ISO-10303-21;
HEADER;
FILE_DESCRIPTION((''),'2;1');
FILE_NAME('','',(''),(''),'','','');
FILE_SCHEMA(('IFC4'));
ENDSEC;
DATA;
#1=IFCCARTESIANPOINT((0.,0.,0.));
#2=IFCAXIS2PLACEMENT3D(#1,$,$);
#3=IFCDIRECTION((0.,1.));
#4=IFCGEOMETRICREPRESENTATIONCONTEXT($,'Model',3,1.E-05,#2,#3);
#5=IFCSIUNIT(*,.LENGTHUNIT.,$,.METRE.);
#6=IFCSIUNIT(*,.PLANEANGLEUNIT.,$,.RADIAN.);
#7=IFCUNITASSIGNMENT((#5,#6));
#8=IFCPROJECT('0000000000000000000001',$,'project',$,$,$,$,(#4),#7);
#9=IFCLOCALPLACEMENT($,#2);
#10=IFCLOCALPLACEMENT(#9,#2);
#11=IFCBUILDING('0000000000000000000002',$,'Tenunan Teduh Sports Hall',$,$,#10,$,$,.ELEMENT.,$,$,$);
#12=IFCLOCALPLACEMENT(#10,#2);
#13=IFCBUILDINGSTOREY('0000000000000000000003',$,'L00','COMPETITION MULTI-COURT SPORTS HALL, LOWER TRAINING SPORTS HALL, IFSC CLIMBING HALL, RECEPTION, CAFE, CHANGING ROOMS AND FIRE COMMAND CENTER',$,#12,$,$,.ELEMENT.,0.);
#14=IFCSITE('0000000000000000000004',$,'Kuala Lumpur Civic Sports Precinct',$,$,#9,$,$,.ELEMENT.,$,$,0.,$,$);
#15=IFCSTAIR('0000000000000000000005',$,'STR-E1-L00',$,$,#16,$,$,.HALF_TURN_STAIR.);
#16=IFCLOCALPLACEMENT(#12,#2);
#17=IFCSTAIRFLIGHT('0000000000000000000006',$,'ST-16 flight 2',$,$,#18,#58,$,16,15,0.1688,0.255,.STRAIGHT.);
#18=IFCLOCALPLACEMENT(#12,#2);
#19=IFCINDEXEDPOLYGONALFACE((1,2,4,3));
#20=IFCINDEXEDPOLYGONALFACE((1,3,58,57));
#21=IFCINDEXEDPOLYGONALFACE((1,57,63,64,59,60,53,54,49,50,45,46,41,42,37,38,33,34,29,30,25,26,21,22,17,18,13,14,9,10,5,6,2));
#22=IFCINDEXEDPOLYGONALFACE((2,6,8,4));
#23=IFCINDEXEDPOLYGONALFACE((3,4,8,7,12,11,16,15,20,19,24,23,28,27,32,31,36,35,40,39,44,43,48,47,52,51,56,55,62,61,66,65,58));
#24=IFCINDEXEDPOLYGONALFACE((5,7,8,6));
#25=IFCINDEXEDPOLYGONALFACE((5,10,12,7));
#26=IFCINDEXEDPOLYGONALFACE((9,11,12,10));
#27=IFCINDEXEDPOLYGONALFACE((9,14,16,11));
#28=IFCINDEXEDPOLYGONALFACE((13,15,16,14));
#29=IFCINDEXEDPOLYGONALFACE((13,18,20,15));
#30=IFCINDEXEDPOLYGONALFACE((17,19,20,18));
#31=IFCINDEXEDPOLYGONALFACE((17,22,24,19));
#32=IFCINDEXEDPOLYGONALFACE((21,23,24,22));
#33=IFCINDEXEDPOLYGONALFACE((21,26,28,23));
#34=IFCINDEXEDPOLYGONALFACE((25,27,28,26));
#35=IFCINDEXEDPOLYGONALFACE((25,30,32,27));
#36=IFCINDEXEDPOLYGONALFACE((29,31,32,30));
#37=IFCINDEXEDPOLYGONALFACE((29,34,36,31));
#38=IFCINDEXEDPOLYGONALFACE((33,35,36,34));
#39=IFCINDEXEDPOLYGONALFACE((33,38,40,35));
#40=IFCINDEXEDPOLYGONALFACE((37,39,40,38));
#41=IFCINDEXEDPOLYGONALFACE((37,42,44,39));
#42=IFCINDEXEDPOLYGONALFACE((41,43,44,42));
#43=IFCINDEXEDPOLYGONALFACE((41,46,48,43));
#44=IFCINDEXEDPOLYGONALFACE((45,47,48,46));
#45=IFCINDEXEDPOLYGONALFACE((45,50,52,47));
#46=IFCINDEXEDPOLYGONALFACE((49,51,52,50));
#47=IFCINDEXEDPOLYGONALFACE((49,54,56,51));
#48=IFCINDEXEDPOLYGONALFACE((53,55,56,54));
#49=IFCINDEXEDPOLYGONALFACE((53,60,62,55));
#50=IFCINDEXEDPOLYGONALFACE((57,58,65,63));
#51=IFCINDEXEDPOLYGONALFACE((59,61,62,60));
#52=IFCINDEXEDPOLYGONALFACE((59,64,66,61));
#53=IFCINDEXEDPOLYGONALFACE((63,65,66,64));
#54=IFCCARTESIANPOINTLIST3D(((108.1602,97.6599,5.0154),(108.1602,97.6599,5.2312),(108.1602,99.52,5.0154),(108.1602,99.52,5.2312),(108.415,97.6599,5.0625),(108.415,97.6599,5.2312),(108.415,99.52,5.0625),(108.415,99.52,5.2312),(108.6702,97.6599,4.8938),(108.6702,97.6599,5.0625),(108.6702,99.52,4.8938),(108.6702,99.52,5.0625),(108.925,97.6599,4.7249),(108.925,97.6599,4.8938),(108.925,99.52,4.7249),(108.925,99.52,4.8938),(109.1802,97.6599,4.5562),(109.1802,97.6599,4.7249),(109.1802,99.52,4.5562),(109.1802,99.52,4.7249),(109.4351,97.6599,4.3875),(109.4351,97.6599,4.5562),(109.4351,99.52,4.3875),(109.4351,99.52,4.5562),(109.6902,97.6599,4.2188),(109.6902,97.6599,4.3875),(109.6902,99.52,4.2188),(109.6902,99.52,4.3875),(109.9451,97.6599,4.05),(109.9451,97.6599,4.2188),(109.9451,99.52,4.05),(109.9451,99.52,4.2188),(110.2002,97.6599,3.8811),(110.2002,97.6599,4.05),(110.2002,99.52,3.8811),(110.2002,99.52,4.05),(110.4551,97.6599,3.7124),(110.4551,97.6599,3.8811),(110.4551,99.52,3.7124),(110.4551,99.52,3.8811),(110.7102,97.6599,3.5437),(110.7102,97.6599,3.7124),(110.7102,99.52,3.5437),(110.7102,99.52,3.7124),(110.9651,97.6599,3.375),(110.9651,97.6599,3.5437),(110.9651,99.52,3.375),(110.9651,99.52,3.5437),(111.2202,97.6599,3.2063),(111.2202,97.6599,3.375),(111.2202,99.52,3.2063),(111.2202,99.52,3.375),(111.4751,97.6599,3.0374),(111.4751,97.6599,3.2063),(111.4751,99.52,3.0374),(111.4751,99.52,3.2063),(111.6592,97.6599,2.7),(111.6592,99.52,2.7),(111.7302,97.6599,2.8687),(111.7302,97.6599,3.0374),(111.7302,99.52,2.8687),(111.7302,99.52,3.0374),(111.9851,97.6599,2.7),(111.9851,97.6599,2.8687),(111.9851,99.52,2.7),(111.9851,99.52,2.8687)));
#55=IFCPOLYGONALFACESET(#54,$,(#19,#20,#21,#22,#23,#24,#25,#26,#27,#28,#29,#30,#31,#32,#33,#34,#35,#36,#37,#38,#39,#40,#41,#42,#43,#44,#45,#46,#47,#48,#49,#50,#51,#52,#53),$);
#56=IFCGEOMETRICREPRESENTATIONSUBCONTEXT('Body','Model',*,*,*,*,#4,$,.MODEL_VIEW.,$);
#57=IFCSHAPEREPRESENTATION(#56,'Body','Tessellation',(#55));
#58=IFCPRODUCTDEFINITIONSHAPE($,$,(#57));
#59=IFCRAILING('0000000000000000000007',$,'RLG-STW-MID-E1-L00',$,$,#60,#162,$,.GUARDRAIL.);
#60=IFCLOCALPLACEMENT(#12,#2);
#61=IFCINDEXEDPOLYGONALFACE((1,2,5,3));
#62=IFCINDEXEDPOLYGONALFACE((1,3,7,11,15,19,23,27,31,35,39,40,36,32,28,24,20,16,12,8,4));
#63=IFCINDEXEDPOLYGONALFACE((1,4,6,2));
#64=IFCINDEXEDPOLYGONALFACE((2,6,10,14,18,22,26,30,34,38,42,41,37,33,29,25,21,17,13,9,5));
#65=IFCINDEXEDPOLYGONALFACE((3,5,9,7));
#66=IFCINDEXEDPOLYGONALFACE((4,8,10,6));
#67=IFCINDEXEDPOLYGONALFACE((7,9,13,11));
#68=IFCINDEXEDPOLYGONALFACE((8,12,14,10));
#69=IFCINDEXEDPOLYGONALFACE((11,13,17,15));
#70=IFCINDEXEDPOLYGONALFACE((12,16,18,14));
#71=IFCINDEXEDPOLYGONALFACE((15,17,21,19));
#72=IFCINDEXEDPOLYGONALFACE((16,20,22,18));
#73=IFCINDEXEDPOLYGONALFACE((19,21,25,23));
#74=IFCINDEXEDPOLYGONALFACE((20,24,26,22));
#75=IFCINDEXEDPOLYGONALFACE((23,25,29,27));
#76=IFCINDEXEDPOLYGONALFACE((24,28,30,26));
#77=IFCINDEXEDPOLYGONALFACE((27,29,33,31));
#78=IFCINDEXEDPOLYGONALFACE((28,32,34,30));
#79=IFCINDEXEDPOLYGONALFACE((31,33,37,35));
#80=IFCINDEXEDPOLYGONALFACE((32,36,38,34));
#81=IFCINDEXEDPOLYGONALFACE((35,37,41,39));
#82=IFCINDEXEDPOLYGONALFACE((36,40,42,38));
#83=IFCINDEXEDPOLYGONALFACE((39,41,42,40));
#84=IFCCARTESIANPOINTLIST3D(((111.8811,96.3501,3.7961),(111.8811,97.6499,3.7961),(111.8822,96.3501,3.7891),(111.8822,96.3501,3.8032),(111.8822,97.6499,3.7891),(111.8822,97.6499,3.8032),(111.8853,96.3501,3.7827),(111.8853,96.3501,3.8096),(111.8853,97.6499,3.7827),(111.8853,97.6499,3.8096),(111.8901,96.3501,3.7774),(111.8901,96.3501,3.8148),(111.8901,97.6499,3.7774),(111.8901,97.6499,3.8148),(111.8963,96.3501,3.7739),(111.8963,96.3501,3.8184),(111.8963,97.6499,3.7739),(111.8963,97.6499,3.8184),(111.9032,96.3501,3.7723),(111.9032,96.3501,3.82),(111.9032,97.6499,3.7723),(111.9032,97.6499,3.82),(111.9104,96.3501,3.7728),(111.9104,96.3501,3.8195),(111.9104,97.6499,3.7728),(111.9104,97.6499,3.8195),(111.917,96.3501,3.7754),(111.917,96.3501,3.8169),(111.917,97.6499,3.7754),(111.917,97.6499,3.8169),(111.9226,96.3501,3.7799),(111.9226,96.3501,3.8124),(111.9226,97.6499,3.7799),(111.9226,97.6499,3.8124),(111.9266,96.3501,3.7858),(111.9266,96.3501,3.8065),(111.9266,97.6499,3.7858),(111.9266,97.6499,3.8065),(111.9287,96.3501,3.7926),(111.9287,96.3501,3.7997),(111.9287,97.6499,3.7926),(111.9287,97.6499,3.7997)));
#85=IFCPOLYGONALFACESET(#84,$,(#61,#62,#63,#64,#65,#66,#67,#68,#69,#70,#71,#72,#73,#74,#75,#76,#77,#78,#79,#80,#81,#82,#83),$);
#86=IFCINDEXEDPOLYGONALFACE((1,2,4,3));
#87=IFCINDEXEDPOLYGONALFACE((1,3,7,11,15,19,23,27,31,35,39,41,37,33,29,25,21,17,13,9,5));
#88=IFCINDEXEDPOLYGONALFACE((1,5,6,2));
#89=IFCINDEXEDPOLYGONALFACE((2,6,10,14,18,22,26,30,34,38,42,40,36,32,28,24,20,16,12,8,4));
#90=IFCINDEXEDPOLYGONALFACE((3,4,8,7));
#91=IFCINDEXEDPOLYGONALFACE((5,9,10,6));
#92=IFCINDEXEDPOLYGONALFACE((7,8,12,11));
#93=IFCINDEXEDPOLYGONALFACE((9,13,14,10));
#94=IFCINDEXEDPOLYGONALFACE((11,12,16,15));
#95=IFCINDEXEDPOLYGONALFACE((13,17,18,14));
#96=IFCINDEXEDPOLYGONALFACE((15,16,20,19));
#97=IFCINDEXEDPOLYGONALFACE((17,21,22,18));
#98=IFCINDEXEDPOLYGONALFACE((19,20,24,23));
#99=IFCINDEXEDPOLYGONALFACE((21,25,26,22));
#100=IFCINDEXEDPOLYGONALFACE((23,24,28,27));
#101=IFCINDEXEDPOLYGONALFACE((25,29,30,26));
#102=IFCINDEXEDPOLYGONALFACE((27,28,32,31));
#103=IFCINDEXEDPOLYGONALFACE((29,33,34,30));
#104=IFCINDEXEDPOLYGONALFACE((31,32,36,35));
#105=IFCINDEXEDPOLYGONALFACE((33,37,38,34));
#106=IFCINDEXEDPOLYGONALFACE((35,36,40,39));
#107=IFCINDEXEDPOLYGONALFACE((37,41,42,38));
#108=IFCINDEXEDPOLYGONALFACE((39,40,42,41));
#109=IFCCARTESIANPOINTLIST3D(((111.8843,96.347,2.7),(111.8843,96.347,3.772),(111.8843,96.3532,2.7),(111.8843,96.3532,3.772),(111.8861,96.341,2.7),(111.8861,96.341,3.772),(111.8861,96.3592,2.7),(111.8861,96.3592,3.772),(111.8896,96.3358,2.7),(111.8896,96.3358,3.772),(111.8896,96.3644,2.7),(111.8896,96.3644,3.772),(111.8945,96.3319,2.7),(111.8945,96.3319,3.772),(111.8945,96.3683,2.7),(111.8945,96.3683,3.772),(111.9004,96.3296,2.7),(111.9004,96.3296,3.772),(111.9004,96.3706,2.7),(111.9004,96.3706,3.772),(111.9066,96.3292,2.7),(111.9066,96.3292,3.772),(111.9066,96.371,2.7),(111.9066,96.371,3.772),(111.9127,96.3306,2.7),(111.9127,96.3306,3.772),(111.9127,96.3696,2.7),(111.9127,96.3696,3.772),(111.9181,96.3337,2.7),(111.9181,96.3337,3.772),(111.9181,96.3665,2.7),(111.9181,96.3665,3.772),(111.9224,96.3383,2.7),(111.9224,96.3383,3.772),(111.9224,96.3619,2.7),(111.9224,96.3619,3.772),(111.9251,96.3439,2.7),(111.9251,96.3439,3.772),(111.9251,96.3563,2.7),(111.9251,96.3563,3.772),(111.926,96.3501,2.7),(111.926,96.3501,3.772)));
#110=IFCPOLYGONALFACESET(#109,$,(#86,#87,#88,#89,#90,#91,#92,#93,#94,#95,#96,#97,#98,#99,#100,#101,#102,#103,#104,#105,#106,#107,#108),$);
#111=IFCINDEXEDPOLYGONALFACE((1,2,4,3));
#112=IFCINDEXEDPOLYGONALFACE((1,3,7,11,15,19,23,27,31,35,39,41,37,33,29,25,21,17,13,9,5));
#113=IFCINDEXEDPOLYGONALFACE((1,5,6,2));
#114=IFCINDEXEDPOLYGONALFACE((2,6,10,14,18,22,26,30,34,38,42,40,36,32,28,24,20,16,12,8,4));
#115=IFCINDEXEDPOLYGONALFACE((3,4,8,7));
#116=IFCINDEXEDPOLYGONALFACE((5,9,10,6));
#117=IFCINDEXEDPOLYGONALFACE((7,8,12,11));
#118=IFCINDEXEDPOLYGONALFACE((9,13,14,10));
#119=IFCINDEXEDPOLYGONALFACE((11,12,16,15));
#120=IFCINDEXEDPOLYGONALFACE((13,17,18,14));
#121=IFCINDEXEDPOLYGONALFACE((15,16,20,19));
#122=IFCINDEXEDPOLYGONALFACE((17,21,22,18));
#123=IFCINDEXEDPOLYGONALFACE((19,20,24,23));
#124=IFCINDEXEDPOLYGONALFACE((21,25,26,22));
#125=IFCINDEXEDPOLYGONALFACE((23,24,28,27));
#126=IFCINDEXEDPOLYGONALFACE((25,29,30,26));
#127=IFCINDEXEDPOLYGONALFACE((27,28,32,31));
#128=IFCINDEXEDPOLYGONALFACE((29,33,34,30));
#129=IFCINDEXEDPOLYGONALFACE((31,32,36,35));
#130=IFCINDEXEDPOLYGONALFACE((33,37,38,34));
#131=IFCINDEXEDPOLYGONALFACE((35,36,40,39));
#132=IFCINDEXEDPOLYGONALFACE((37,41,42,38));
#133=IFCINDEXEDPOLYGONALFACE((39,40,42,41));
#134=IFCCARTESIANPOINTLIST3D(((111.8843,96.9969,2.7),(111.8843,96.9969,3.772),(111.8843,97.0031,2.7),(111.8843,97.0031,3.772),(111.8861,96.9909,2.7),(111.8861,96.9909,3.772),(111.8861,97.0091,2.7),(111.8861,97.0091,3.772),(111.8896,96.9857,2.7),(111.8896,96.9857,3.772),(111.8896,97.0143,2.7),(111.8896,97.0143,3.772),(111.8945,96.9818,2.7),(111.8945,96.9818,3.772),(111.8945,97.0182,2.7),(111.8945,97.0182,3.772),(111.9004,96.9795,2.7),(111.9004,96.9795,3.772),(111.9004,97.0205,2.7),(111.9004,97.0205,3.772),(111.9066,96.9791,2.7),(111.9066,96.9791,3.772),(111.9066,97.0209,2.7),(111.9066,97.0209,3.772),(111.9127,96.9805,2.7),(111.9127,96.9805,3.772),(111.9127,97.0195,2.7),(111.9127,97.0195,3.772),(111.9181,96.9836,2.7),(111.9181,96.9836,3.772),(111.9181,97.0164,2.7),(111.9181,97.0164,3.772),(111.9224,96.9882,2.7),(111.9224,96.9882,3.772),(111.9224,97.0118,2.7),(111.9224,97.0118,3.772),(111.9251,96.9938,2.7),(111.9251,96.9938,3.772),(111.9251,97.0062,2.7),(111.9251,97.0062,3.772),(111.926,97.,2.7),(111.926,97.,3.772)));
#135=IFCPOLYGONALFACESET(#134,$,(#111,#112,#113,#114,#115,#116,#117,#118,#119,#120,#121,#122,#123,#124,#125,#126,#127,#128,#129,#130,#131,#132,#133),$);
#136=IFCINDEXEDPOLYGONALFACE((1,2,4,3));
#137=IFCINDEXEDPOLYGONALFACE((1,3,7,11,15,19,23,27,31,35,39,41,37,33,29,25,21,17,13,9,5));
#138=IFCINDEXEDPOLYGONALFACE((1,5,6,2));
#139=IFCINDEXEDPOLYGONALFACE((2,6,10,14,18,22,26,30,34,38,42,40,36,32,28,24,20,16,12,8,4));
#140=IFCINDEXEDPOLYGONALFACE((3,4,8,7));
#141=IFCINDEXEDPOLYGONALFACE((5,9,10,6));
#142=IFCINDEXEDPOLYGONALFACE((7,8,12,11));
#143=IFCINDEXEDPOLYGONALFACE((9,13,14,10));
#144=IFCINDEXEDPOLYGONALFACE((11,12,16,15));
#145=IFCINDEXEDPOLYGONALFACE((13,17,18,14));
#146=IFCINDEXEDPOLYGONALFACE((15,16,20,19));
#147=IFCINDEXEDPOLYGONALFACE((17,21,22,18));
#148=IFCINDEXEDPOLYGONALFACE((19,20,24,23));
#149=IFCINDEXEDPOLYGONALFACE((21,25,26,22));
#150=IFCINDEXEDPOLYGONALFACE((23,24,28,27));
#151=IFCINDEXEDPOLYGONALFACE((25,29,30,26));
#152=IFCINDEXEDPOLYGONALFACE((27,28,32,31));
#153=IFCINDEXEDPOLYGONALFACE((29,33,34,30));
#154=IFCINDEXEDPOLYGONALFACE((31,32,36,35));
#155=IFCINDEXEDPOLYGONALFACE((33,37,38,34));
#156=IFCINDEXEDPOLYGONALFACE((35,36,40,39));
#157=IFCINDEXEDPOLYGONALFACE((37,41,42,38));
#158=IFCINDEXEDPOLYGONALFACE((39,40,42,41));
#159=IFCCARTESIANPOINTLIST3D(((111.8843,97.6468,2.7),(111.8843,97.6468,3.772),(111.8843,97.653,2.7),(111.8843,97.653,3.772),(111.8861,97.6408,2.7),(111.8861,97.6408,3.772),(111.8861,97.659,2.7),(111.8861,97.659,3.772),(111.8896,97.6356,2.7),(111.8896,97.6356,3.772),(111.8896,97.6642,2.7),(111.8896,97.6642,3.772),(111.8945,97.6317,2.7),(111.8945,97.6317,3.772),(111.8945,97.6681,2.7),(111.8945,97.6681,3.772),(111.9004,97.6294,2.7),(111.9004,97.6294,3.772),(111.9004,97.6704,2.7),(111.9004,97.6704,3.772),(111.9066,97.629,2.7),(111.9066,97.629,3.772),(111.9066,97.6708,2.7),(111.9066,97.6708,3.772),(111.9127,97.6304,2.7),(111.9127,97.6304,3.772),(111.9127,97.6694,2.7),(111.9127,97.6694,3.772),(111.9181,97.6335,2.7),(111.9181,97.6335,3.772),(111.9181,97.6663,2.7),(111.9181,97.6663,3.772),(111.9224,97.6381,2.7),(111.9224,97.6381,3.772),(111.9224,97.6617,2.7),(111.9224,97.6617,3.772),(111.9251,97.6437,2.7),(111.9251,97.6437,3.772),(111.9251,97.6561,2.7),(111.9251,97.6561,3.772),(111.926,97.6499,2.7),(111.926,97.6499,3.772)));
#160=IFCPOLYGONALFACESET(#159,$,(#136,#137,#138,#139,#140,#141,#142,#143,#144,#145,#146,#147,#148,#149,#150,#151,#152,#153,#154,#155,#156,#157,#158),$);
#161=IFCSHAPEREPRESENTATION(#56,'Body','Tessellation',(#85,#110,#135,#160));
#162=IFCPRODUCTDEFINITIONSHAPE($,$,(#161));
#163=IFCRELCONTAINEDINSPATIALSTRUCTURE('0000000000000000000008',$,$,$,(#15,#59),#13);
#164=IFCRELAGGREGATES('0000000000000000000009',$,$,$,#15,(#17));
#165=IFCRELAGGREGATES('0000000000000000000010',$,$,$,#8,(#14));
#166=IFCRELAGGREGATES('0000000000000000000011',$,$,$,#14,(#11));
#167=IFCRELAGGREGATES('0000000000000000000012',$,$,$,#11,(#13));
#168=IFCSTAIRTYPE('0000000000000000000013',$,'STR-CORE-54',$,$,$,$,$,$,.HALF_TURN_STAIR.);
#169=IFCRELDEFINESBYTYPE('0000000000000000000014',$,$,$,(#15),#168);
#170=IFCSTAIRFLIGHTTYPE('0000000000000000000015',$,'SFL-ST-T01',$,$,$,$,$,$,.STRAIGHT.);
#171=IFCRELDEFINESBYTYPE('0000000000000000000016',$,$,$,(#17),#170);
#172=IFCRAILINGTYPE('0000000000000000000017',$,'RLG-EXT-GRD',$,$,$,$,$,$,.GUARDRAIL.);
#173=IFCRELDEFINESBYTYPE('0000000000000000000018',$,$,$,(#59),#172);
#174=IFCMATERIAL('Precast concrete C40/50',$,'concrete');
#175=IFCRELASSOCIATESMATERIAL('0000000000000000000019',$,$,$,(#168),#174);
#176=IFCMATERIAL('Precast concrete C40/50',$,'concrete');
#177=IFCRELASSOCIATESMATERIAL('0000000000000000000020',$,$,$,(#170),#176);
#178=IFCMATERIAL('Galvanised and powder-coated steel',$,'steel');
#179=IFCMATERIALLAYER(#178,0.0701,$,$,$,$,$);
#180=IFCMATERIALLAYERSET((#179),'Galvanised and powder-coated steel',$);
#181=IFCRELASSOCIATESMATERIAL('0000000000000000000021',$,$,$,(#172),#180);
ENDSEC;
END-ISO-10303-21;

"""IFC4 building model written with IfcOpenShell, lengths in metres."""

from ifc_helpers import new_model, si_unit, direction, frame, origin, origin_2d, place, context, subcontext, project, spatial, polyline, circle, outline, extrude, material, layer, layer_set, type_object, element, aggregate, save


model = new_model("IFC4")

# Units and contexts
model_context = context("Model", 3, precision=1e-05, world=origin(), true_north=direction((0.0, 1.0)))
body_context = subcontext(model_context, "Body", "Model", "MODEL_VIEW")
ifc_project = project(units=[si_unit("LENGTHUNIT", "METRE"), si_unit("PLANEANGLEUNIT", "RADIAN")], contexts=[model_context])

# Site, building, storey
site_placement = place(None, origin())
site = spatial("IfcSite", under=ifc_project, at=site_placement, Name="Kuala Lumpur Civic Sports Precinct", CompositionType="ELEMENT", RefElevation=0.0)
building_placement = place(site_placement, origin())
building = spatial("IfcBuilding", under=site, at=building_placement, Name="Tenunan Teduh Sports Hall", CompositionType="ELEMENT")
storey_placement = place(building_placement, origin())
storey = spatial("IfcBuildingStorey", under=building, at=storey_placement, Name="L00", Description="COMPETITION MULTI-COURT SPORTS HALL, LOWER TRAINING SPORTS HALL, IFSC CLIMBING HALL, RECEPTION, CAFE, CHANGING ROOMS AND FIRE COMMAND CENTER", CompositionType="ELEMENT", Elevation=0.0)

# Stair, stair flight
ifc_material_1 = material(Name="Precast concrete C40/50", Category="concrete")
stair_type = type_object("IfcStairType", Name="STR-CORE-54", PredefinedType="HALF_TURN_STAIR", material=ifc_material_1)
stair_placement = place(storey_placement, origin())
stair = element("IfcStair", 1, at=stair_placement, inside=storey, type_object=stair_type, Name="STR-E1-L00", PredefinedType="HALF_TURN_STAIR")
ifc_material_2 = material(Name="Precast concrete C40/50", Category="concrete")
stair_flight_type = type_object("IfcStairFlightType", Name="SFL-ST-T01", PredefinedType="STRAIGHT", material=ifc_material_2)
stair_flight_placement = place(storey_placement, frame((111.9851, 98.5901, 2.7), z_axis=(0.0, 0.0, 1.0), x_axis=(-1.0, 0.0, 0.0)))
stair_flight = element("IfcStairFlight", 2, at=stair_flight_placement, type_object=stair_flight_type, Name="ST-16 flight 2", NumberOfRisers=16, NumberOfTreads=15, PredefinedType="STRAIGHT", RiserHeight=0.1688, TreadLength=0.255, context=body_context, shape_type="SweptSolid", body=[
    extrude(outline(polyline([(0.0, 0.0), (0.0, 0.1687), (0.2549, 0.1687), (0.2549, 0.3374), (0.51, 0.3374), (0.51, 0.5063), (0.7649, 0.5063), (0.7649, 0.675), (1.02, 0.675), (1.02, 0.8438), (1.2749, 0.8438), (1.2749, 1.0125), (1.53, 1.0125), (1.53, 1.1812), (1.7849, 1.1812), (1.7849, 1.3501), (2.04, 1.3501), (2.04, 1.5188), (2.2949, 1.5188), (2.2949, 1.6875), (2.55, 1.6875), (2.55, 1.8562), (2.8049, 1.8562), (2.8049, 2.0249), (3.0601, 2.0249), (3.0601, 2.1938), (3.3149, 2.1938), (3.3149, 2.3625), (3.5701, 2.3625), (3.5701, 2.5312), (3.825, 2.5312), (3.825, 2.7), (3.825, 2.3154), (0.3259, 0.0), (0.0, 0.0)])), frame((0.0, 0.9302, 0.0), z_axis=(0.0, -1.0, 0.0), x_axis=(1.0, 0.0, 0.0)), (0.0, 0.0, 1.0), 1.8601),
])

# Railing
ifc_material_3 = material(Name="Galvanised and powder-coated steel", Category="steel")
ifc_layer_1 = layer(ifc_material_3, 0.0701)
ifc_layer_set_1 = layer_set([ifc_layer_1], Name="Galvanised and powder-coated steel")
railing_type_1 = type_object("IfcRailingType", Name="RLG-EXT-GRD", PredefinedType="GUARDRAIL", material=ifc_layer_set_1)
railing_1_placement = place(storey_placement, frame((111.905, 96.3501, 2.7)))
element("IfcRailing", 3, at=railing_1_placement, inside=storey, type_object=railing_type_1, Name="RLG-STW-MID-E1-L00", PredefinedType="GUARDRAIL", context=body_context, shape_type="SweptSolid", body=[
    extrude(circle(Radius=0.0239, at=origin_2d()), frame((0.0, 0.0, 1.0962), z_axis=(0.0, 1.0, 0.0), x_axis=(-1.0, 0.0, 0.0)), (0.0, 0.0, 1.0), 1.2998),
    extrude(circle(Radius=0.021, at=origin_2d()), origin(), (0.0, 0.0, 1.0), 1.072),
    extrude(circle(Radius=0.021, at=origin_2d()), frame((0.0, 0.6499, 0.0)), (0.0, 0.0, 1.0), 1.072),
    extrude(circle(Radius=0.021, at=origin_2d()), frame((0.0, 1.2998, 0.0)), (0.0, 0.0, 1.0), 1.072),
])

aggregate(stair, [stair_flight])

save(model, "model.ifc")
